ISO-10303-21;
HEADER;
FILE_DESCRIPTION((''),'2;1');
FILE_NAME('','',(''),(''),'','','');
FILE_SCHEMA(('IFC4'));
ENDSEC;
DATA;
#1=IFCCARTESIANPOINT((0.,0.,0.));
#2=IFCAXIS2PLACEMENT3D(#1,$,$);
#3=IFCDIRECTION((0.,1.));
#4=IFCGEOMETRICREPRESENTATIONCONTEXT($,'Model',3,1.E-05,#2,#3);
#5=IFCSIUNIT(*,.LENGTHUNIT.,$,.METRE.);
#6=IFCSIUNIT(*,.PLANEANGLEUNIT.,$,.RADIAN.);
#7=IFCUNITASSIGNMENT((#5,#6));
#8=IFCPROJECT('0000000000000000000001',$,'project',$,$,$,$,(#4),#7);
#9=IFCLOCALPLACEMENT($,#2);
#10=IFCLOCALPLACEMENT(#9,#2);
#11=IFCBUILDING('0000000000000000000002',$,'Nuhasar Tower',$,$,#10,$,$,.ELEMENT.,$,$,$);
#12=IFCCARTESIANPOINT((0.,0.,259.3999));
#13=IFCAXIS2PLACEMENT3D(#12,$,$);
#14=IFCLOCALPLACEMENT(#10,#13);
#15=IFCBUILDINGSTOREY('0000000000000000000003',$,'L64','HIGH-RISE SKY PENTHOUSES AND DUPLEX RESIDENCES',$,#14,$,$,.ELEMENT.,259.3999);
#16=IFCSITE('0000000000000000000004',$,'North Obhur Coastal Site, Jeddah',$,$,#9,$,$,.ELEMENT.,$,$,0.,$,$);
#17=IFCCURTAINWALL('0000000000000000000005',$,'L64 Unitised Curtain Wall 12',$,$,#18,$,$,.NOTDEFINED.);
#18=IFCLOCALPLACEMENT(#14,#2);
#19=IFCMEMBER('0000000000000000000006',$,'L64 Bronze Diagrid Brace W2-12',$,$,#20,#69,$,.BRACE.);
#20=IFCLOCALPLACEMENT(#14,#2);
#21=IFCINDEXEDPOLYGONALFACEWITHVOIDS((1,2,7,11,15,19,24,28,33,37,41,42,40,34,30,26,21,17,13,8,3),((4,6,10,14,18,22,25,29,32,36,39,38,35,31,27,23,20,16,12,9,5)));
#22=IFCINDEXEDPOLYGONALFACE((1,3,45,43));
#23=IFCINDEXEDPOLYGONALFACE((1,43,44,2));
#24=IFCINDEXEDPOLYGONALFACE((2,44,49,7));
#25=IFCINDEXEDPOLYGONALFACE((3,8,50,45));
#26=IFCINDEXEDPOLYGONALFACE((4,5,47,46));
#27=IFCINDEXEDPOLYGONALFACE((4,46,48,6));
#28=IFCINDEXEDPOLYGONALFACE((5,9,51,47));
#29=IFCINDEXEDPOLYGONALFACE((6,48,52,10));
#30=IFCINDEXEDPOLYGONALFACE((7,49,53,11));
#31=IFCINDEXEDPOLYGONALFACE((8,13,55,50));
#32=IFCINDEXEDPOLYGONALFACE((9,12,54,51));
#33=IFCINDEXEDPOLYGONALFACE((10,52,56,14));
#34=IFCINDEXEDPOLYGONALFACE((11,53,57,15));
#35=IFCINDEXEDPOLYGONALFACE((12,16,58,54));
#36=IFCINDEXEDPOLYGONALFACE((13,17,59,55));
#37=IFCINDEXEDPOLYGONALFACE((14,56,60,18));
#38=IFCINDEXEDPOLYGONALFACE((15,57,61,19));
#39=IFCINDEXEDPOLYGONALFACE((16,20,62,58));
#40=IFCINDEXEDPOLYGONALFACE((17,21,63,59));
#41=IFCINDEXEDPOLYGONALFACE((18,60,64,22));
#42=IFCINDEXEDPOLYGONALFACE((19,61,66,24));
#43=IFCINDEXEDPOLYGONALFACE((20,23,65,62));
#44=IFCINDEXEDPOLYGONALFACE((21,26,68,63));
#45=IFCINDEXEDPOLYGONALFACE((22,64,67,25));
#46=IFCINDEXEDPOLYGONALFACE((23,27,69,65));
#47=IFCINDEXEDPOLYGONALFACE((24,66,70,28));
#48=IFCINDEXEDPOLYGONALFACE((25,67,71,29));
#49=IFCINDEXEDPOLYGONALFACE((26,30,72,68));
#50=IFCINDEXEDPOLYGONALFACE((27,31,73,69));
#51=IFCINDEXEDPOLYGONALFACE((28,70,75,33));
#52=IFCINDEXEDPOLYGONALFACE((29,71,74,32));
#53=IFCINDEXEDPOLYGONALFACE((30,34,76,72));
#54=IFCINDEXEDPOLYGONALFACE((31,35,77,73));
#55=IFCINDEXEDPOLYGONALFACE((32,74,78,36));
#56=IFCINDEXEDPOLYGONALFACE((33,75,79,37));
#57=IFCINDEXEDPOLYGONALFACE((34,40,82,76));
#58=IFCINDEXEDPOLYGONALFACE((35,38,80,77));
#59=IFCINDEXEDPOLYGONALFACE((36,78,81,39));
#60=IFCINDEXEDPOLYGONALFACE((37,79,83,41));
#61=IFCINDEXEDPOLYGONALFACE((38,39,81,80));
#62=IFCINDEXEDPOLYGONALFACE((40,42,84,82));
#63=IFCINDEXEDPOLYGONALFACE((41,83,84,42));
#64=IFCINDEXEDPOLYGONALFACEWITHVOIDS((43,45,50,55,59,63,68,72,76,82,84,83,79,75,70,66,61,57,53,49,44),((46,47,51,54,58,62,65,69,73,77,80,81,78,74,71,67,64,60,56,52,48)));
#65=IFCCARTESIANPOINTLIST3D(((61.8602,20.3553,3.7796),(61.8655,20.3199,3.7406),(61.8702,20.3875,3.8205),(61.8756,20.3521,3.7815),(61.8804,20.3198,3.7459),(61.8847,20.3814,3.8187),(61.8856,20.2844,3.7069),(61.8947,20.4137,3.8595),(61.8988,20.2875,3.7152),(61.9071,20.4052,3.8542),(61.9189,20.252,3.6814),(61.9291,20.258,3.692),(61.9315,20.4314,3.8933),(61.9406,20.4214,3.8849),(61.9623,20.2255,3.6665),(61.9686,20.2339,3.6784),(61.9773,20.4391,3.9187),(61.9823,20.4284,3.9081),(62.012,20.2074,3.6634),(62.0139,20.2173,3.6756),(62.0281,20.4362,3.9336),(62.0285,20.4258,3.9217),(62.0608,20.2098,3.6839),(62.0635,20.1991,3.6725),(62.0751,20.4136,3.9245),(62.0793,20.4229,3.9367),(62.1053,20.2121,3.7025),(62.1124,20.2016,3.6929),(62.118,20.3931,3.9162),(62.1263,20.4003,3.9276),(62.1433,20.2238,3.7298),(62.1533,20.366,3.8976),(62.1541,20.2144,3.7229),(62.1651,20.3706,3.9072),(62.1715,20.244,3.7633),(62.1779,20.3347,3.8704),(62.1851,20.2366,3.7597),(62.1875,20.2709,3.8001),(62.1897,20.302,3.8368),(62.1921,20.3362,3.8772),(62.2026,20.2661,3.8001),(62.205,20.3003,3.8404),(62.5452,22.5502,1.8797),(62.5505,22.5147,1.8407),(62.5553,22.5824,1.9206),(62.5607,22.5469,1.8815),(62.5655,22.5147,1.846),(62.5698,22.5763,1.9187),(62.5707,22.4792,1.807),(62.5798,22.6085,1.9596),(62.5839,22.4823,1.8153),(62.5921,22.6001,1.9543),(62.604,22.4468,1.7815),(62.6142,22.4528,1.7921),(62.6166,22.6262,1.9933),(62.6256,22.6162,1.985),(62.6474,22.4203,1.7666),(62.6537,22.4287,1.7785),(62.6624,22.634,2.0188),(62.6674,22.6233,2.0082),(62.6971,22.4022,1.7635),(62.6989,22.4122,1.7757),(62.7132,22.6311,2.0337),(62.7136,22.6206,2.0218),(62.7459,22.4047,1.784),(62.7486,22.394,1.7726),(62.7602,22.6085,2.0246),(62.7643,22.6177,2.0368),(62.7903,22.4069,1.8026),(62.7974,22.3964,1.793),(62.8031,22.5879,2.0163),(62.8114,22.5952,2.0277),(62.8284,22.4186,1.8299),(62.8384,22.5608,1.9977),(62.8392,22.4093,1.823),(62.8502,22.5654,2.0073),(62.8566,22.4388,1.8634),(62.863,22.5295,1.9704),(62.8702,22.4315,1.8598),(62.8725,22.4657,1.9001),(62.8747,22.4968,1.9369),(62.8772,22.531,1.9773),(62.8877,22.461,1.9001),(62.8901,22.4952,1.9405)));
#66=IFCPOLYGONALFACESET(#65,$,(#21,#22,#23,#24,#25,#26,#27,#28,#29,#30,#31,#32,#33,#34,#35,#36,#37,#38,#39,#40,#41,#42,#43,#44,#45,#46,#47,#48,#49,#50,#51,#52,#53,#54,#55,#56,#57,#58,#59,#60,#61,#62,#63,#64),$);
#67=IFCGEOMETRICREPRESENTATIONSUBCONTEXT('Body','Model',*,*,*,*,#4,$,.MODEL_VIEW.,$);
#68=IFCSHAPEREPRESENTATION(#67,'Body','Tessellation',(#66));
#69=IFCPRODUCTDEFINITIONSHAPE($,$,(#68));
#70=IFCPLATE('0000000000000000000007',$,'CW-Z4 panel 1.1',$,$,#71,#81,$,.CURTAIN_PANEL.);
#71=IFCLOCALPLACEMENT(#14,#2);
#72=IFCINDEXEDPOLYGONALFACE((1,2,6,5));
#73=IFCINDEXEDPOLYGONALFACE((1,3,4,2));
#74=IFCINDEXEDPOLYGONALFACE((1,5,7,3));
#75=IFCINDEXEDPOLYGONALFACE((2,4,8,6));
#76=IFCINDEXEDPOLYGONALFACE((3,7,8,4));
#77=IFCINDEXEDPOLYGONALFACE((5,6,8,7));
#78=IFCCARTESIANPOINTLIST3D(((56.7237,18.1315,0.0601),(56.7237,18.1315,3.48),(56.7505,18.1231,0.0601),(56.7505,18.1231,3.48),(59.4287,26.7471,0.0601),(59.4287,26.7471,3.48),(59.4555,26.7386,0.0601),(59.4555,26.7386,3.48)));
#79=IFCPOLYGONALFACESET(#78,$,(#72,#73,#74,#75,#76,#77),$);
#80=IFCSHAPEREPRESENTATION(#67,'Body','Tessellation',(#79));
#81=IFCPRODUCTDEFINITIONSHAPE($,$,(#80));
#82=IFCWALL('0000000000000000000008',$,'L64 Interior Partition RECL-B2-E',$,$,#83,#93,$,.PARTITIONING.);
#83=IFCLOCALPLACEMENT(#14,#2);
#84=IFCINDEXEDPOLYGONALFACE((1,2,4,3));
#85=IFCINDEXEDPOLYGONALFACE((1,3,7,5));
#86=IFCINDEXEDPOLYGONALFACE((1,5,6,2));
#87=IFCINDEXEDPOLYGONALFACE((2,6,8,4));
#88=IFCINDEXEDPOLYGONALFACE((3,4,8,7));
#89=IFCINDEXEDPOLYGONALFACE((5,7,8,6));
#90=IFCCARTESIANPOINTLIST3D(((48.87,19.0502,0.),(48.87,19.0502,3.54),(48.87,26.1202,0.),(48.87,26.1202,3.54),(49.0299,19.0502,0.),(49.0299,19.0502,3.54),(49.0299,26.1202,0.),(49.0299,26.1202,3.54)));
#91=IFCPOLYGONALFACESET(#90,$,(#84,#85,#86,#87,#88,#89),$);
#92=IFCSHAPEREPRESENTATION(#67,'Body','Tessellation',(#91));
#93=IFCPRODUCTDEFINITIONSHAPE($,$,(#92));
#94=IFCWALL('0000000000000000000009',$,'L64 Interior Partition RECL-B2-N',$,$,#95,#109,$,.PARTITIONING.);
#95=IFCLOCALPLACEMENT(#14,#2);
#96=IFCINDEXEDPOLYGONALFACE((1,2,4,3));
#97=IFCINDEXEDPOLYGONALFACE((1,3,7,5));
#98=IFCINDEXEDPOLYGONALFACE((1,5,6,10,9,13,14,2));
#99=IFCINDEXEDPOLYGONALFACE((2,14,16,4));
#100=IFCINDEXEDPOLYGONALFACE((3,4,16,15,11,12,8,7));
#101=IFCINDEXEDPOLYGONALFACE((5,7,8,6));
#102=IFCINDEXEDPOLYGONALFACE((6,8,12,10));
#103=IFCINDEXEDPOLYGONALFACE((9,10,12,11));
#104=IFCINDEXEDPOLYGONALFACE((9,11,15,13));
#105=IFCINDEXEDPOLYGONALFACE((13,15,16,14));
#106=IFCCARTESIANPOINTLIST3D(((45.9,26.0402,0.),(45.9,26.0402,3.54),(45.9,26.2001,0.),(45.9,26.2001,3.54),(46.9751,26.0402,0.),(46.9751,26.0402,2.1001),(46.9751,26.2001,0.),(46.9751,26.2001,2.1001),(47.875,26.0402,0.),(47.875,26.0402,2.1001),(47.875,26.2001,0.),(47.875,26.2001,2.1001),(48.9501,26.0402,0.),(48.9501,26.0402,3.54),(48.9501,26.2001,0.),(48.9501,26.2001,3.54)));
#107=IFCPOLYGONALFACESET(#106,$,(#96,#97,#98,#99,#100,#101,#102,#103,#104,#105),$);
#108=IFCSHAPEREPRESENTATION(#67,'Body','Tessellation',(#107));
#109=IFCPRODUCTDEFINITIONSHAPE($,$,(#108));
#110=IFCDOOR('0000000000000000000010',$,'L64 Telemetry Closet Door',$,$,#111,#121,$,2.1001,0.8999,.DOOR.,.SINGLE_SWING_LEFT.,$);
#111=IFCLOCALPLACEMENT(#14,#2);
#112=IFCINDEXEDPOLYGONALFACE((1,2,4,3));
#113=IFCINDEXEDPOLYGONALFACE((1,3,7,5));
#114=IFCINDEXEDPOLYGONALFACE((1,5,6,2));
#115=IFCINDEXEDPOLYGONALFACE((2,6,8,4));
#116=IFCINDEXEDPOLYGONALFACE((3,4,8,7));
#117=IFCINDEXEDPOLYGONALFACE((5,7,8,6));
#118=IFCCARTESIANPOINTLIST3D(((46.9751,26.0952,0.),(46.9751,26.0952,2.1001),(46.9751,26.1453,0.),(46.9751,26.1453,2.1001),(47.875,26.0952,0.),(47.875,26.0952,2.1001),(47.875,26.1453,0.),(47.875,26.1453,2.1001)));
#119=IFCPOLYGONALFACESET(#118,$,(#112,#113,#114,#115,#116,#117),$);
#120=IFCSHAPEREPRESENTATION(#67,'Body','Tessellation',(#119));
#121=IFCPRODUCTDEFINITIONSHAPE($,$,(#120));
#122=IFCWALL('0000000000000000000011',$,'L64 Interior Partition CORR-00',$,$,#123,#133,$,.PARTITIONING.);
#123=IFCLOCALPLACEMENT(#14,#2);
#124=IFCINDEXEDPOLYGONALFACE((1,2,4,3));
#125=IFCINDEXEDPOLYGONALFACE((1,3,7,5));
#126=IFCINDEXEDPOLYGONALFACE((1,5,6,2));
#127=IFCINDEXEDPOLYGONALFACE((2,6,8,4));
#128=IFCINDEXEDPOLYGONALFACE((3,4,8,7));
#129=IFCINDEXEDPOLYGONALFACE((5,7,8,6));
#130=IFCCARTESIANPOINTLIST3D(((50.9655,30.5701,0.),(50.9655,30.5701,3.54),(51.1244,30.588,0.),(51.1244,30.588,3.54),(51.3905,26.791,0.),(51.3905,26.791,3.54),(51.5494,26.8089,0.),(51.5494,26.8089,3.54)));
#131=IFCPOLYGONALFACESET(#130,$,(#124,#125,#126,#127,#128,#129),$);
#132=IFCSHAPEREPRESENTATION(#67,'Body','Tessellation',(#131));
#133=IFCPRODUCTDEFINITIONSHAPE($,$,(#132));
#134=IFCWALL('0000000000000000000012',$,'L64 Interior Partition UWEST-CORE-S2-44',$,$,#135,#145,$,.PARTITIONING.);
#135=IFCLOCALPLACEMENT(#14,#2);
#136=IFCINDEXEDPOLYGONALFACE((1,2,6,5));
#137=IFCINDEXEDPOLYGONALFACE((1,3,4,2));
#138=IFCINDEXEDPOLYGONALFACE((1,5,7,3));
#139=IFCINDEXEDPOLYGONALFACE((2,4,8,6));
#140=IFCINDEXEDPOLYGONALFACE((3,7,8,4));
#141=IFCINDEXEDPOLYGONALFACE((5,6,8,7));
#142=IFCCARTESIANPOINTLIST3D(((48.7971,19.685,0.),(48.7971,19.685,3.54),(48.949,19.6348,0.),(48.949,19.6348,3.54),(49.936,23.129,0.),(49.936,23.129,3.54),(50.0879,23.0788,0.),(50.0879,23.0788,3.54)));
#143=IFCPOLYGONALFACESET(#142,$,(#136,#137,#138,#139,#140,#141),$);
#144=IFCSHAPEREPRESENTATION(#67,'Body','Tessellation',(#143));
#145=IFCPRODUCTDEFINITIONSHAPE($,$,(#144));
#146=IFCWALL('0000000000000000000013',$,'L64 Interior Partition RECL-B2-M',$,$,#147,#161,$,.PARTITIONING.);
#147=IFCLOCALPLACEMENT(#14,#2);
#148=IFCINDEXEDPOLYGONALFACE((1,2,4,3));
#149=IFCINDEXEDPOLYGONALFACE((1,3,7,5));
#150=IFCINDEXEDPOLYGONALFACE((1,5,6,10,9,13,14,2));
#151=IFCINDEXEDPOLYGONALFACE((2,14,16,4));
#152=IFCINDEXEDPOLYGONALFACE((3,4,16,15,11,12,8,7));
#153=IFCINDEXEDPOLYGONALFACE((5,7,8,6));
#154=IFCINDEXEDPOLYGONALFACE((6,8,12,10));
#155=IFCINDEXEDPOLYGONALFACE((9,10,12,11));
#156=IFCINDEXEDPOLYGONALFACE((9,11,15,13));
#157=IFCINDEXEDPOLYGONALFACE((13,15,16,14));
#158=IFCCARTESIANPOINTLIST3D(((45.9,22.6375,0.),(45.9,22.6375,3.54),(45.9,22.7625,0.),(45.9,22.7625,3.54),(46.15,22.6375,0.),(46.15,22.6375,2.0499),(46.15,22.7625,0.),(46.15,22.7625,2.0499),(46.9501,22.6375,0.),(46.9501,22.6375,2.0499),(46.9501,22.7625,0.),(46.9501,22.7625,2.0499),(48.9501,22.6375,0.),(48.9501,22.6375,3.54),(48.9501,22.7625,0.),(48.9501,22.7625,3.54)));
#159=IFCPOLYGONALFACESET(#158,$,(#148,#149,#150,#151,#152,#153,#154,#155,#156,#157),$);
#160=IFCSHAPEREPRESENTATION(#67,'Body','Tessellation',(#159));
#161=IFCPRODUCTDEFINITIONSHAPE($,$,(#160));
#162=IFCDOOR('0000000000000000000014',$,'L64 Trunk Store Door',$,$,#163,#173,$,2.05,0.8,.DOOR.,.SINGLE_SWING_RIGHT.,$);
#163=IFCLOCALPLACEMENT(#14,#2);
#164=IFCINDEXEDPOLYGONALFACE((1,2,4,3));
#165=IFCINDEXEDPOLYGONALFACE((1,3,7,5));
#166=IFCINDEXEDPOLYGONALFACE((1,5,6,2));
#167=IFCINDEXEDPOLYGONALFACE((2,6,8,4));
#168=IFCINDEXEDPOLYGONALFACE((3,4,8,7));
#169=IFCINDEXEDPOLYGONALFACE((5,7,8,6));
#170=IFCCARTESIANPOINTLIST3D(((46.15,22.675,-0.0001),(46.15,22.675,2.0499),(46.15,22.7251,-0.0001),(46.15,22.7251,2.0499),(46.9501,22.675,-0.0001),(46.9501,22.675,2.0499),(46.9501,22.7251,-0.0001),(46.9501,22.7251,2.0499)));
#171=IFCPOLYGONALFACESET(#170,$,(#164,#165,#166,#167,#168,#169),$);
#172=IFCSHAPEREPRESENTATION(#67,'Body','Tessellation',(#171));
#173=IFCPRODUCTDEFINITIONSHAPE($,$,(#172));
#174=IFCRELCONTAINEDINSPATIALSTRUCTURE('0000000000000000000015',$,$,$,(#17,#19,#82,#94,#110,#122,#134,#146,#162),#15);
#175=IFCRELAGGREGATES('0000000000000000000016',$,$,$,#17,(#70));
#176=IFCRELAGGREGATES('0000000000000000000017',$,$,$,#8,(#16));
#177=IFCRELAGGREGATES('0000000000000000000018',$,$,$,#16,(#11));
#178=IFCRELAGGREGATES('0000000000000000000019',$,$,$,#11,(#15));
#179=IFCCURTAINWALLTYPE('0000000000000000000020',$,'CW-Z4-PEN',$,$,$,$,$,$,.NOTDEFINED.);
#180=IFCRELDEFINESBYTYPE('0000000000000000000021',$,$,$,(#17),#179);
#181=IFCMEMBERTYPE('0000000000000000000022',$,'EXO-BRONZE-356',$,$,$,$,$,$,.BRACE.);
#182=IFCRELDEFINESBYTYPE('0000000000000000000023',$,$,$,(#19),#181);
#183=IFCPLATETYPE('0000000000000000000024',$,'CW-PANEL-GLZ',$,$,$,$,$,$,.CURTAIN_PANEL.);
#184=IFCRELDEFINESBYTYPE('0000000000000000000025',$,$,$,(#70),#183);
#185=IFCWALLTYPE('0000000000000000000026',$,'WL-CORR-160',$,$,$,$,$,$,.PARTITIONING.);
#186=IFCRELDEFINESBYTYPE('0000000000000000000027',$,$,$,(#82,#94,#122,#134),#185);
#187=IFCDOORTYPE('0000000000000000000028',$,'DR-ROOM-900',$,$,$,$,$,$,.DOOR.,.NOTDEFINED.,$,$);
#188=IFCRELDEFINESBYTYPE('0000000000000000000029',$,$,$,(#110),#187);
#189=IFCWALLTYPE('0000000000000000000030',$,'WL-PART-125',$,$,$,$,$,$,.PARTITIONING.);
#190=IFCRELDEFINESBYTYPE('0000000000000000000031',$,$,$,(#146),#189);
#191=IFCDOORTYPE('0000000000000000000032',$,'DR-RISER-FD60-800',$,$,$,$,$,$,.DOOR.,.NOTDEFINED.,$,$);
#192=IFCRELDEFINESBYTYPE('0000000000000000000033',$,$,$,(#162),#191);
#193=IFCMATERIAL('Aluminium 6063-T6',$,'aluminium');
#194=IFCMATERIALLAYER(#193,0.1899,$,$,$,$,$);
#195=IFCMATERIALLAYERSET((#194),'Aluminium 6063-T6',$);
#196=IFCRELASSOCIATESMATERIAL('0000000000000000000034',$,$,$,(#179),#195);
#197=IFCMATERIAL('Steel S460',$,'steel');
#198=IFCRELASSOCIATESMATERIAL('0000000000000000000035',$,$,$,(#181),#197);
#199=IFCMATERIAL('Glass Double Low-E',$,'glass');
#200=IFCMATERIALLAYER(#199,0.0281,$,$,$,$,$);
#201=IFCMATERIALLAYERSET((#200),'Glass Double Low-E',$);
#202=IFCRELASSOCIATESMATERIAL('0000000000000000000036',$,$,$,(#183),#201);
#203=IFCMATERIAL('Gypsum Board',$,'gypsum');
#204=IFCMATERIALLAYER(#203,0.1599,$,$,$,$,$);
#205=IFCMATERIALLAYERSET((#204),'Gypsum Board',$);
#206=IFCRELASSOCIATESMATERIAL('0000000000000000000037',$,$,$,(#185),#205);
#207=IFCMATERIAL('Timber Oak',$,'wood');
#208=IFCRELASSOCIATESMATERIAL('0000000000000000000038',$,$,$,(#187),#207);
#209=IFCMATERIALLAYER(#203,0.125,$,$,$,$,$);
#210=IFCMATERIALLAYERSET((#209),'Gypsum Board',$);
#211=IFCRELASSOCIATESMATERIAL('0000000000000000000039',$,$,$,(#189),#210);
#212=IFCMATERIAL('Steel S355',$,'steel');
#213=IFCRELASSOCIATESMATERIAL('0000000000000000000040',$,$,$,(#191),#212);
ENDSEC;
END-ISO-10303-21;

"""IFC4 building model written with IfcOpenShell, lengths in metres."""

from ifc_helpers import new_model, si_unit, direction, frame, frame_2d, origin, origin_2d, place, context, subcontext, project, spatial, rectangle, hollow_circle, extrude, material, layer, layer_set, material_profile, profile_set, type_object, element, fill, aggregate, save


model = new_model("IFC4")

# Units and contexts
model_context = context("Model", 3, precision=1e-05, world=origin(), true_north=direction((0.0, 1.0)))
body_context = subcontext(model_context, "Body", "Model", "MODEL_VIEW")
ifc_project = project(units=[si_unit("LENGTHUNIT", "METRE"), si_unit("PLANEANGLEUNIT", "RADIAN")], contexts=[model_context])

# Site, building, storey
site_placement = place(None, origin())
site = spatial("IfcSite", under=ifc_project, at=site_placement, Name="North Obhur Coastal Site, Jeddah", CompositionType="ELEMENT", RefElevation=0.0)
building_placement = place(site_placement, origin())
building = spatial("IfcBuilding", under=site, at=building_placement, Name="Nuhasar Tower", CompositionType="ELEMENT")
storey_placement = place(building_placement, frame((0.0, 0.0, 259.3999)))
storey = spatial("IfcBuildingStorey", under=building, at=storey_placement, Name="L64", Description="HIGH-RISE SKY PENTHOUSES AND DUPLEX RESIDENCES", CompositionType="ELEMENT", Elevation=259.3999)

# Shared definitions
ifc_material_1 = material(Name="Steel S355", Category="steel")

# Curtain wall
ifc_material_2 = material(Name="Aluminium 6063-T6", Category="aluminium")
ifc_layer_1 = layer(ifc_material_2, 0.1899)
ifc_layer_set_1 = layer_set([ifc_layer_1], Name="Aluminium 6063-T6")
curtain_wall_type = type_object("IfcCurtainWallType", Name="CW-Z4-PEN", PredefinedType="NOTDEFINED", material=ifc_layer_set_1)
curtain_wall_placement = place(storey_placement, origin())
curtain_wall = element("IfcCurtainWall", 1, at=curtain_wall_placement, inside=storey, type_object=curtain_wall_type, Name="L64 Unitised Curtain Wall 12", PredefinedType="NOTDEFINED")

# Member
ifc_material_3 = material(Name="Steel S460", Category="steel")
ifc_material_profile_1 = material_profile(ifc_material_3, hollow_circle(Radius=0.1777, WallThickness=0.0159, at=origin_2d()), Name="HSS355.6X15.9")
ifc_profile_set_1 = profile_set([ifc_material_profile_1], Name="Steel S460")
member_type_1 = type_object("IfcMemberType", Name="EXO-BRONZE-356", PredefinedType="BRACE", material=ifc_profile_set_1)
member_1_placement = place(storey_placement, frame((62.718, 22.5139, 1.9001), z_axis=(-0.229681, -0.735864, 0.636985), x_axis=(0.954582, -0.297948, 0.0)))
element("IfcMember", 2, at=member_1_placement, inside=storey, type_object=member_type_1, Name="L64 Bronze Diagrid Brace W2-12", PredefinedType="BRACE", context=body_context, shape_type="SweptSolid", body=[
    extrude(hollow_circle(Radius=0.1777, WallThickness=0.0159, at=origin_2d()), origin(), (0.0, 0.0, 1.0), 2.9827),
])

# Plate
ifc_material_4 = material(Name="Glass Double Low-E", Category="glass")
ifc_layer_2 = layer(ifc_material_4, 0.0281)
ifc_layer_set_2 = layer_set([ifc_layer_2], Name="Glass Double Low-E")
plate_type = type_object("IfcPlateType", Name="CW-PANEL-GLZ", PredefinedType="CURTAIN_PANEL", material=ifc_layer_set_2)
plate_placement = place(storey_placement, frame((58.0896, 22.4351, 0.0601), z_axis=(0.0, 0.0, 1.0), x_axis=(0.299557, 0.954079, 0.0)))
plate = element("IfcPlate", 3, at=plate_placement, type_object=plate_type, Name="CW-Z4 panel 1.1", PredefinedType="CURTAIN_PANEL", context=body_context, shape_type="SweptSolid", body=[
    extrude(rectangle(XDim=9.0303, YDim=0.0281, at=origin_2d()), origin(), (0.0, 0.0, 1.0), 3.4199),
])
aggregate(curtain_wall, [plate])

# Wall
ifc_material_5 = material(Name="Gypsum Board", Category="gypsum")
ifc_layer_3 = layer(ifc_material_5, 0.1599)
ifc_layer_set_3 = layer_set([ifc_layer_3], Name="Gypsum Board")
wall_type_1 = type_object("IfcWallType", Name="WL-CORR-160", PredefinedType="PARTITIONING", material=ifc_layer_set_3)
wall_1_placement = place(storey_placement, frame((48.95, 19.05, 0.0), z_axis=(0.0, 0.0, 1.0), x_axis=(0.0, 1.0, 0.0)))
element("IfcWall", 4, at=wall_1_placement, inside=storey, type_object=wall_type_1, Name="L64 Interior Partition RECL-B2-E", PredefinedType="PARTITIONING", context=body_context, shape_type="SweptSolid", body=[
    extrude(rectangle(XDim=7.0701, YDim=0.1599, at=frame_2d((3.5352, 0.0))), origin(), (0.0, 0.0, 1.0), 3.54),
])

# Wall, opening, door
wall_2_placement = place(storey_placement, frame((48.95, 26.1201, 0.0), z_axis=(0.0, 0.0, 1.0), x_axis=(-1.0, 0.0, 0.0)))
wall_2 = element("IfcWall", 5, at=wall_2_placement, inside=storey, type_object=wall_type_1, Name="L64 Interior Partition RECL-B2-N", PredefinedType="PARTITIONING", context=body_context, shape_type="SweptSolid", body=[
    extrude(rectangle(XDim=3.05, YDim=0.1599, at=frame_2d((1.5249, 0.0))), origin(), (0.0, 0.0, 1.0), 3.54),
])
opening_1_placement = place(wall_2_placement, frame((1.075, 0.0, 0.0)))
opening_1 = element("IfcOpeningElement", 6, at=opening_1_placement, cuts=wall_2, PredefinedType="OPENING", context=body_context, shape_type="SweptSolid", body=[
    extrude(rectangle(XDim=0.8999, YDim=2.1001, at=frame_2d((0.45, 1.05))), frame((0.0, 0.0898, 0.0), z_axis=(0.0, -1.0, 0.0), x_axis=(1.0, 0.0, 0.0)), (0.0, 0.0, 1.0), 0.1799),
])
ifc_material_6 = material(Name="Timber Oak", Category="wood")
door_type_1 = type_object("IfcDoorType", Name="DR-ROOM-900", OperationType="NOTDEFINED", PredefinedType="DOOR", material=ifc_material_6)
door_1_placement = place(opening_1_placement, origin())
door_1 = element("IfcDoor", 7, at=door_1_placement, inside=storey, type_object=door_type_1, Name="L64 Telemetry Closet Door", OperationType="SINGLE_SWING_LEFT", OverallHeight=2.1001, OverallWidth=0.8999, PredefinedType="DOOR", context=body_context, shape_type="SweptSolid", body=[
    extrude(rectangle(XDim=0.8999, YDim=2.1001, at=frame_2d((0.45, 1.05))), frame((0.0, 0.0249, 0.0), z_axis=(0.0, -1.0, 0.0), x_axis=(1.0, 0.0, 0.0)), (0.0, 0.0, 1.0), 0.05),
])
fill(opening_1, door_1)

# Walls
wall_3_placement = place(storey_placement, frame((51.47, 26.8, 0.0), z_axis=(0.0, 0.0, 1.0), x_axis=(-0.11177, 0.993734, 0.0)))
element("IfcWall", 8, at=wall_3_placement, inside=storey, type_object=wall_type_1, Name="L64 Interior Partition CORR-00", PredefinedType="PARTITIONING", context=body_context, shape_type="SweptSolid", body=[
    extrude(rectangle(XDim=3.803, YDim=0.1599, at=frame_2d((1.9014, 0.0))), origin(), (0.0, 0.0, 1.0), 3.54),
])
wall_4_placement = place(storey_placement, frame((48.873, 19.6599, 0.0), z_axis=(0.0, 0.0, 1.0), x_axis=(0.313966, 0.949434, 0.0)))
element("IfcWall", 9, at=wall_4_placement, inside=storey, type_object=wall_type_1, Name="L64 Interior Partition UWEST-CORE-S2-44", PredefinedType="PARTITIONING", context=body_context, shape_type="SweptSolid", body=[
    extrude(rectangle(XDim=3.6274, YDim=0.1599, at=frame_2d((1.8137, 0.0))), origin(), (0.0, 0.0, 1.0), 3.54),
])

# Wall, opening, door
ifc_layer_4 = layer(ifc_material_5, 0.125)
ifc_layer_set_4 = layer_set([ifc_layer_4], Name="Gypsum Board")
wall_type_2 = type_object("IfcWallType", Name="WL-PART-125", PredefinedType="PARTITIONING", material=ifc_layer_set_4)
wall_5_placement = place(storey_placement, frame((48.95, 22.7, 0.0), z_axis=(0.0, 0.0, 1.0), x_axis=(-1.0, 0.0, 0.0)))
wall_5 = element("IfcWall", 10, at=wall_5_placement, inside=storey, type_object=wall_type_2, Name="L64 Interior Partition RECL-B2-M", PredefinedType="PARTITIONING", context=body_context, shape_type="SweptSolid", body=[
    extrude(rectangle(XDim=3.05, YDim=0.125, at=frame_2d((1.5249, 0.0))), origin(), (0.0, 0.0, 1.0), 3.54),
])
opening_2_placement = place(wall_5_placement, frame((2.0, 0.0, 0.0)))
opening_2 = element("IfcOpeningElement", 11, at=opening_2_placement, cuts=wall_5, PredefinedType="OPENING", context=body_context, shape_type="SweptSolid", body=[
    extrude(rectangle(XDim=0.8, YDim=2.05, at=frame_2d((0.3999, 1.0249))), frame((0.0, 0.0725, 0.0), z_axis=(0.0, -1.0, 0.0), x_axis=(1.0, 0.0, 0.0)), (0.0, 0.0, 1.0), 0.145),
])
door_type_2 = type_object("IfcDoorType", Name="DR-RISER-FD60-800", OperationType="NOTDEFINED", PredefinedType="DOOR", material=ifc_material_1)
door_2_placement = place(opening_2_placement, origin())
door_2 = element("IfcDoor", 12, at=door_2_placement, inside=storey, type_object=door_type_2, Name="L64 Trunk Store Door", OperationType="SINGLE_SWING_RIGHT", OverallHeight=2.05, OverallWidth=0.8, PredefinedType="DOOR", context=body_context, shape_type="SweptSolid", body=[
    extrude(rectangle(XDim=0.8, YDim=2.05, at=frame_2d((0.3999, 1.0249))), frame((0.0, 0.0249, 0.0), z_axis=(0.0, -1.0, 0.0), x_axis=(1.0, 0.0, 0.0)), (0.0, 0.0, 1.0), 0.05),
])
fill(opening_2, door_2)

save(model, "model.ifc")
